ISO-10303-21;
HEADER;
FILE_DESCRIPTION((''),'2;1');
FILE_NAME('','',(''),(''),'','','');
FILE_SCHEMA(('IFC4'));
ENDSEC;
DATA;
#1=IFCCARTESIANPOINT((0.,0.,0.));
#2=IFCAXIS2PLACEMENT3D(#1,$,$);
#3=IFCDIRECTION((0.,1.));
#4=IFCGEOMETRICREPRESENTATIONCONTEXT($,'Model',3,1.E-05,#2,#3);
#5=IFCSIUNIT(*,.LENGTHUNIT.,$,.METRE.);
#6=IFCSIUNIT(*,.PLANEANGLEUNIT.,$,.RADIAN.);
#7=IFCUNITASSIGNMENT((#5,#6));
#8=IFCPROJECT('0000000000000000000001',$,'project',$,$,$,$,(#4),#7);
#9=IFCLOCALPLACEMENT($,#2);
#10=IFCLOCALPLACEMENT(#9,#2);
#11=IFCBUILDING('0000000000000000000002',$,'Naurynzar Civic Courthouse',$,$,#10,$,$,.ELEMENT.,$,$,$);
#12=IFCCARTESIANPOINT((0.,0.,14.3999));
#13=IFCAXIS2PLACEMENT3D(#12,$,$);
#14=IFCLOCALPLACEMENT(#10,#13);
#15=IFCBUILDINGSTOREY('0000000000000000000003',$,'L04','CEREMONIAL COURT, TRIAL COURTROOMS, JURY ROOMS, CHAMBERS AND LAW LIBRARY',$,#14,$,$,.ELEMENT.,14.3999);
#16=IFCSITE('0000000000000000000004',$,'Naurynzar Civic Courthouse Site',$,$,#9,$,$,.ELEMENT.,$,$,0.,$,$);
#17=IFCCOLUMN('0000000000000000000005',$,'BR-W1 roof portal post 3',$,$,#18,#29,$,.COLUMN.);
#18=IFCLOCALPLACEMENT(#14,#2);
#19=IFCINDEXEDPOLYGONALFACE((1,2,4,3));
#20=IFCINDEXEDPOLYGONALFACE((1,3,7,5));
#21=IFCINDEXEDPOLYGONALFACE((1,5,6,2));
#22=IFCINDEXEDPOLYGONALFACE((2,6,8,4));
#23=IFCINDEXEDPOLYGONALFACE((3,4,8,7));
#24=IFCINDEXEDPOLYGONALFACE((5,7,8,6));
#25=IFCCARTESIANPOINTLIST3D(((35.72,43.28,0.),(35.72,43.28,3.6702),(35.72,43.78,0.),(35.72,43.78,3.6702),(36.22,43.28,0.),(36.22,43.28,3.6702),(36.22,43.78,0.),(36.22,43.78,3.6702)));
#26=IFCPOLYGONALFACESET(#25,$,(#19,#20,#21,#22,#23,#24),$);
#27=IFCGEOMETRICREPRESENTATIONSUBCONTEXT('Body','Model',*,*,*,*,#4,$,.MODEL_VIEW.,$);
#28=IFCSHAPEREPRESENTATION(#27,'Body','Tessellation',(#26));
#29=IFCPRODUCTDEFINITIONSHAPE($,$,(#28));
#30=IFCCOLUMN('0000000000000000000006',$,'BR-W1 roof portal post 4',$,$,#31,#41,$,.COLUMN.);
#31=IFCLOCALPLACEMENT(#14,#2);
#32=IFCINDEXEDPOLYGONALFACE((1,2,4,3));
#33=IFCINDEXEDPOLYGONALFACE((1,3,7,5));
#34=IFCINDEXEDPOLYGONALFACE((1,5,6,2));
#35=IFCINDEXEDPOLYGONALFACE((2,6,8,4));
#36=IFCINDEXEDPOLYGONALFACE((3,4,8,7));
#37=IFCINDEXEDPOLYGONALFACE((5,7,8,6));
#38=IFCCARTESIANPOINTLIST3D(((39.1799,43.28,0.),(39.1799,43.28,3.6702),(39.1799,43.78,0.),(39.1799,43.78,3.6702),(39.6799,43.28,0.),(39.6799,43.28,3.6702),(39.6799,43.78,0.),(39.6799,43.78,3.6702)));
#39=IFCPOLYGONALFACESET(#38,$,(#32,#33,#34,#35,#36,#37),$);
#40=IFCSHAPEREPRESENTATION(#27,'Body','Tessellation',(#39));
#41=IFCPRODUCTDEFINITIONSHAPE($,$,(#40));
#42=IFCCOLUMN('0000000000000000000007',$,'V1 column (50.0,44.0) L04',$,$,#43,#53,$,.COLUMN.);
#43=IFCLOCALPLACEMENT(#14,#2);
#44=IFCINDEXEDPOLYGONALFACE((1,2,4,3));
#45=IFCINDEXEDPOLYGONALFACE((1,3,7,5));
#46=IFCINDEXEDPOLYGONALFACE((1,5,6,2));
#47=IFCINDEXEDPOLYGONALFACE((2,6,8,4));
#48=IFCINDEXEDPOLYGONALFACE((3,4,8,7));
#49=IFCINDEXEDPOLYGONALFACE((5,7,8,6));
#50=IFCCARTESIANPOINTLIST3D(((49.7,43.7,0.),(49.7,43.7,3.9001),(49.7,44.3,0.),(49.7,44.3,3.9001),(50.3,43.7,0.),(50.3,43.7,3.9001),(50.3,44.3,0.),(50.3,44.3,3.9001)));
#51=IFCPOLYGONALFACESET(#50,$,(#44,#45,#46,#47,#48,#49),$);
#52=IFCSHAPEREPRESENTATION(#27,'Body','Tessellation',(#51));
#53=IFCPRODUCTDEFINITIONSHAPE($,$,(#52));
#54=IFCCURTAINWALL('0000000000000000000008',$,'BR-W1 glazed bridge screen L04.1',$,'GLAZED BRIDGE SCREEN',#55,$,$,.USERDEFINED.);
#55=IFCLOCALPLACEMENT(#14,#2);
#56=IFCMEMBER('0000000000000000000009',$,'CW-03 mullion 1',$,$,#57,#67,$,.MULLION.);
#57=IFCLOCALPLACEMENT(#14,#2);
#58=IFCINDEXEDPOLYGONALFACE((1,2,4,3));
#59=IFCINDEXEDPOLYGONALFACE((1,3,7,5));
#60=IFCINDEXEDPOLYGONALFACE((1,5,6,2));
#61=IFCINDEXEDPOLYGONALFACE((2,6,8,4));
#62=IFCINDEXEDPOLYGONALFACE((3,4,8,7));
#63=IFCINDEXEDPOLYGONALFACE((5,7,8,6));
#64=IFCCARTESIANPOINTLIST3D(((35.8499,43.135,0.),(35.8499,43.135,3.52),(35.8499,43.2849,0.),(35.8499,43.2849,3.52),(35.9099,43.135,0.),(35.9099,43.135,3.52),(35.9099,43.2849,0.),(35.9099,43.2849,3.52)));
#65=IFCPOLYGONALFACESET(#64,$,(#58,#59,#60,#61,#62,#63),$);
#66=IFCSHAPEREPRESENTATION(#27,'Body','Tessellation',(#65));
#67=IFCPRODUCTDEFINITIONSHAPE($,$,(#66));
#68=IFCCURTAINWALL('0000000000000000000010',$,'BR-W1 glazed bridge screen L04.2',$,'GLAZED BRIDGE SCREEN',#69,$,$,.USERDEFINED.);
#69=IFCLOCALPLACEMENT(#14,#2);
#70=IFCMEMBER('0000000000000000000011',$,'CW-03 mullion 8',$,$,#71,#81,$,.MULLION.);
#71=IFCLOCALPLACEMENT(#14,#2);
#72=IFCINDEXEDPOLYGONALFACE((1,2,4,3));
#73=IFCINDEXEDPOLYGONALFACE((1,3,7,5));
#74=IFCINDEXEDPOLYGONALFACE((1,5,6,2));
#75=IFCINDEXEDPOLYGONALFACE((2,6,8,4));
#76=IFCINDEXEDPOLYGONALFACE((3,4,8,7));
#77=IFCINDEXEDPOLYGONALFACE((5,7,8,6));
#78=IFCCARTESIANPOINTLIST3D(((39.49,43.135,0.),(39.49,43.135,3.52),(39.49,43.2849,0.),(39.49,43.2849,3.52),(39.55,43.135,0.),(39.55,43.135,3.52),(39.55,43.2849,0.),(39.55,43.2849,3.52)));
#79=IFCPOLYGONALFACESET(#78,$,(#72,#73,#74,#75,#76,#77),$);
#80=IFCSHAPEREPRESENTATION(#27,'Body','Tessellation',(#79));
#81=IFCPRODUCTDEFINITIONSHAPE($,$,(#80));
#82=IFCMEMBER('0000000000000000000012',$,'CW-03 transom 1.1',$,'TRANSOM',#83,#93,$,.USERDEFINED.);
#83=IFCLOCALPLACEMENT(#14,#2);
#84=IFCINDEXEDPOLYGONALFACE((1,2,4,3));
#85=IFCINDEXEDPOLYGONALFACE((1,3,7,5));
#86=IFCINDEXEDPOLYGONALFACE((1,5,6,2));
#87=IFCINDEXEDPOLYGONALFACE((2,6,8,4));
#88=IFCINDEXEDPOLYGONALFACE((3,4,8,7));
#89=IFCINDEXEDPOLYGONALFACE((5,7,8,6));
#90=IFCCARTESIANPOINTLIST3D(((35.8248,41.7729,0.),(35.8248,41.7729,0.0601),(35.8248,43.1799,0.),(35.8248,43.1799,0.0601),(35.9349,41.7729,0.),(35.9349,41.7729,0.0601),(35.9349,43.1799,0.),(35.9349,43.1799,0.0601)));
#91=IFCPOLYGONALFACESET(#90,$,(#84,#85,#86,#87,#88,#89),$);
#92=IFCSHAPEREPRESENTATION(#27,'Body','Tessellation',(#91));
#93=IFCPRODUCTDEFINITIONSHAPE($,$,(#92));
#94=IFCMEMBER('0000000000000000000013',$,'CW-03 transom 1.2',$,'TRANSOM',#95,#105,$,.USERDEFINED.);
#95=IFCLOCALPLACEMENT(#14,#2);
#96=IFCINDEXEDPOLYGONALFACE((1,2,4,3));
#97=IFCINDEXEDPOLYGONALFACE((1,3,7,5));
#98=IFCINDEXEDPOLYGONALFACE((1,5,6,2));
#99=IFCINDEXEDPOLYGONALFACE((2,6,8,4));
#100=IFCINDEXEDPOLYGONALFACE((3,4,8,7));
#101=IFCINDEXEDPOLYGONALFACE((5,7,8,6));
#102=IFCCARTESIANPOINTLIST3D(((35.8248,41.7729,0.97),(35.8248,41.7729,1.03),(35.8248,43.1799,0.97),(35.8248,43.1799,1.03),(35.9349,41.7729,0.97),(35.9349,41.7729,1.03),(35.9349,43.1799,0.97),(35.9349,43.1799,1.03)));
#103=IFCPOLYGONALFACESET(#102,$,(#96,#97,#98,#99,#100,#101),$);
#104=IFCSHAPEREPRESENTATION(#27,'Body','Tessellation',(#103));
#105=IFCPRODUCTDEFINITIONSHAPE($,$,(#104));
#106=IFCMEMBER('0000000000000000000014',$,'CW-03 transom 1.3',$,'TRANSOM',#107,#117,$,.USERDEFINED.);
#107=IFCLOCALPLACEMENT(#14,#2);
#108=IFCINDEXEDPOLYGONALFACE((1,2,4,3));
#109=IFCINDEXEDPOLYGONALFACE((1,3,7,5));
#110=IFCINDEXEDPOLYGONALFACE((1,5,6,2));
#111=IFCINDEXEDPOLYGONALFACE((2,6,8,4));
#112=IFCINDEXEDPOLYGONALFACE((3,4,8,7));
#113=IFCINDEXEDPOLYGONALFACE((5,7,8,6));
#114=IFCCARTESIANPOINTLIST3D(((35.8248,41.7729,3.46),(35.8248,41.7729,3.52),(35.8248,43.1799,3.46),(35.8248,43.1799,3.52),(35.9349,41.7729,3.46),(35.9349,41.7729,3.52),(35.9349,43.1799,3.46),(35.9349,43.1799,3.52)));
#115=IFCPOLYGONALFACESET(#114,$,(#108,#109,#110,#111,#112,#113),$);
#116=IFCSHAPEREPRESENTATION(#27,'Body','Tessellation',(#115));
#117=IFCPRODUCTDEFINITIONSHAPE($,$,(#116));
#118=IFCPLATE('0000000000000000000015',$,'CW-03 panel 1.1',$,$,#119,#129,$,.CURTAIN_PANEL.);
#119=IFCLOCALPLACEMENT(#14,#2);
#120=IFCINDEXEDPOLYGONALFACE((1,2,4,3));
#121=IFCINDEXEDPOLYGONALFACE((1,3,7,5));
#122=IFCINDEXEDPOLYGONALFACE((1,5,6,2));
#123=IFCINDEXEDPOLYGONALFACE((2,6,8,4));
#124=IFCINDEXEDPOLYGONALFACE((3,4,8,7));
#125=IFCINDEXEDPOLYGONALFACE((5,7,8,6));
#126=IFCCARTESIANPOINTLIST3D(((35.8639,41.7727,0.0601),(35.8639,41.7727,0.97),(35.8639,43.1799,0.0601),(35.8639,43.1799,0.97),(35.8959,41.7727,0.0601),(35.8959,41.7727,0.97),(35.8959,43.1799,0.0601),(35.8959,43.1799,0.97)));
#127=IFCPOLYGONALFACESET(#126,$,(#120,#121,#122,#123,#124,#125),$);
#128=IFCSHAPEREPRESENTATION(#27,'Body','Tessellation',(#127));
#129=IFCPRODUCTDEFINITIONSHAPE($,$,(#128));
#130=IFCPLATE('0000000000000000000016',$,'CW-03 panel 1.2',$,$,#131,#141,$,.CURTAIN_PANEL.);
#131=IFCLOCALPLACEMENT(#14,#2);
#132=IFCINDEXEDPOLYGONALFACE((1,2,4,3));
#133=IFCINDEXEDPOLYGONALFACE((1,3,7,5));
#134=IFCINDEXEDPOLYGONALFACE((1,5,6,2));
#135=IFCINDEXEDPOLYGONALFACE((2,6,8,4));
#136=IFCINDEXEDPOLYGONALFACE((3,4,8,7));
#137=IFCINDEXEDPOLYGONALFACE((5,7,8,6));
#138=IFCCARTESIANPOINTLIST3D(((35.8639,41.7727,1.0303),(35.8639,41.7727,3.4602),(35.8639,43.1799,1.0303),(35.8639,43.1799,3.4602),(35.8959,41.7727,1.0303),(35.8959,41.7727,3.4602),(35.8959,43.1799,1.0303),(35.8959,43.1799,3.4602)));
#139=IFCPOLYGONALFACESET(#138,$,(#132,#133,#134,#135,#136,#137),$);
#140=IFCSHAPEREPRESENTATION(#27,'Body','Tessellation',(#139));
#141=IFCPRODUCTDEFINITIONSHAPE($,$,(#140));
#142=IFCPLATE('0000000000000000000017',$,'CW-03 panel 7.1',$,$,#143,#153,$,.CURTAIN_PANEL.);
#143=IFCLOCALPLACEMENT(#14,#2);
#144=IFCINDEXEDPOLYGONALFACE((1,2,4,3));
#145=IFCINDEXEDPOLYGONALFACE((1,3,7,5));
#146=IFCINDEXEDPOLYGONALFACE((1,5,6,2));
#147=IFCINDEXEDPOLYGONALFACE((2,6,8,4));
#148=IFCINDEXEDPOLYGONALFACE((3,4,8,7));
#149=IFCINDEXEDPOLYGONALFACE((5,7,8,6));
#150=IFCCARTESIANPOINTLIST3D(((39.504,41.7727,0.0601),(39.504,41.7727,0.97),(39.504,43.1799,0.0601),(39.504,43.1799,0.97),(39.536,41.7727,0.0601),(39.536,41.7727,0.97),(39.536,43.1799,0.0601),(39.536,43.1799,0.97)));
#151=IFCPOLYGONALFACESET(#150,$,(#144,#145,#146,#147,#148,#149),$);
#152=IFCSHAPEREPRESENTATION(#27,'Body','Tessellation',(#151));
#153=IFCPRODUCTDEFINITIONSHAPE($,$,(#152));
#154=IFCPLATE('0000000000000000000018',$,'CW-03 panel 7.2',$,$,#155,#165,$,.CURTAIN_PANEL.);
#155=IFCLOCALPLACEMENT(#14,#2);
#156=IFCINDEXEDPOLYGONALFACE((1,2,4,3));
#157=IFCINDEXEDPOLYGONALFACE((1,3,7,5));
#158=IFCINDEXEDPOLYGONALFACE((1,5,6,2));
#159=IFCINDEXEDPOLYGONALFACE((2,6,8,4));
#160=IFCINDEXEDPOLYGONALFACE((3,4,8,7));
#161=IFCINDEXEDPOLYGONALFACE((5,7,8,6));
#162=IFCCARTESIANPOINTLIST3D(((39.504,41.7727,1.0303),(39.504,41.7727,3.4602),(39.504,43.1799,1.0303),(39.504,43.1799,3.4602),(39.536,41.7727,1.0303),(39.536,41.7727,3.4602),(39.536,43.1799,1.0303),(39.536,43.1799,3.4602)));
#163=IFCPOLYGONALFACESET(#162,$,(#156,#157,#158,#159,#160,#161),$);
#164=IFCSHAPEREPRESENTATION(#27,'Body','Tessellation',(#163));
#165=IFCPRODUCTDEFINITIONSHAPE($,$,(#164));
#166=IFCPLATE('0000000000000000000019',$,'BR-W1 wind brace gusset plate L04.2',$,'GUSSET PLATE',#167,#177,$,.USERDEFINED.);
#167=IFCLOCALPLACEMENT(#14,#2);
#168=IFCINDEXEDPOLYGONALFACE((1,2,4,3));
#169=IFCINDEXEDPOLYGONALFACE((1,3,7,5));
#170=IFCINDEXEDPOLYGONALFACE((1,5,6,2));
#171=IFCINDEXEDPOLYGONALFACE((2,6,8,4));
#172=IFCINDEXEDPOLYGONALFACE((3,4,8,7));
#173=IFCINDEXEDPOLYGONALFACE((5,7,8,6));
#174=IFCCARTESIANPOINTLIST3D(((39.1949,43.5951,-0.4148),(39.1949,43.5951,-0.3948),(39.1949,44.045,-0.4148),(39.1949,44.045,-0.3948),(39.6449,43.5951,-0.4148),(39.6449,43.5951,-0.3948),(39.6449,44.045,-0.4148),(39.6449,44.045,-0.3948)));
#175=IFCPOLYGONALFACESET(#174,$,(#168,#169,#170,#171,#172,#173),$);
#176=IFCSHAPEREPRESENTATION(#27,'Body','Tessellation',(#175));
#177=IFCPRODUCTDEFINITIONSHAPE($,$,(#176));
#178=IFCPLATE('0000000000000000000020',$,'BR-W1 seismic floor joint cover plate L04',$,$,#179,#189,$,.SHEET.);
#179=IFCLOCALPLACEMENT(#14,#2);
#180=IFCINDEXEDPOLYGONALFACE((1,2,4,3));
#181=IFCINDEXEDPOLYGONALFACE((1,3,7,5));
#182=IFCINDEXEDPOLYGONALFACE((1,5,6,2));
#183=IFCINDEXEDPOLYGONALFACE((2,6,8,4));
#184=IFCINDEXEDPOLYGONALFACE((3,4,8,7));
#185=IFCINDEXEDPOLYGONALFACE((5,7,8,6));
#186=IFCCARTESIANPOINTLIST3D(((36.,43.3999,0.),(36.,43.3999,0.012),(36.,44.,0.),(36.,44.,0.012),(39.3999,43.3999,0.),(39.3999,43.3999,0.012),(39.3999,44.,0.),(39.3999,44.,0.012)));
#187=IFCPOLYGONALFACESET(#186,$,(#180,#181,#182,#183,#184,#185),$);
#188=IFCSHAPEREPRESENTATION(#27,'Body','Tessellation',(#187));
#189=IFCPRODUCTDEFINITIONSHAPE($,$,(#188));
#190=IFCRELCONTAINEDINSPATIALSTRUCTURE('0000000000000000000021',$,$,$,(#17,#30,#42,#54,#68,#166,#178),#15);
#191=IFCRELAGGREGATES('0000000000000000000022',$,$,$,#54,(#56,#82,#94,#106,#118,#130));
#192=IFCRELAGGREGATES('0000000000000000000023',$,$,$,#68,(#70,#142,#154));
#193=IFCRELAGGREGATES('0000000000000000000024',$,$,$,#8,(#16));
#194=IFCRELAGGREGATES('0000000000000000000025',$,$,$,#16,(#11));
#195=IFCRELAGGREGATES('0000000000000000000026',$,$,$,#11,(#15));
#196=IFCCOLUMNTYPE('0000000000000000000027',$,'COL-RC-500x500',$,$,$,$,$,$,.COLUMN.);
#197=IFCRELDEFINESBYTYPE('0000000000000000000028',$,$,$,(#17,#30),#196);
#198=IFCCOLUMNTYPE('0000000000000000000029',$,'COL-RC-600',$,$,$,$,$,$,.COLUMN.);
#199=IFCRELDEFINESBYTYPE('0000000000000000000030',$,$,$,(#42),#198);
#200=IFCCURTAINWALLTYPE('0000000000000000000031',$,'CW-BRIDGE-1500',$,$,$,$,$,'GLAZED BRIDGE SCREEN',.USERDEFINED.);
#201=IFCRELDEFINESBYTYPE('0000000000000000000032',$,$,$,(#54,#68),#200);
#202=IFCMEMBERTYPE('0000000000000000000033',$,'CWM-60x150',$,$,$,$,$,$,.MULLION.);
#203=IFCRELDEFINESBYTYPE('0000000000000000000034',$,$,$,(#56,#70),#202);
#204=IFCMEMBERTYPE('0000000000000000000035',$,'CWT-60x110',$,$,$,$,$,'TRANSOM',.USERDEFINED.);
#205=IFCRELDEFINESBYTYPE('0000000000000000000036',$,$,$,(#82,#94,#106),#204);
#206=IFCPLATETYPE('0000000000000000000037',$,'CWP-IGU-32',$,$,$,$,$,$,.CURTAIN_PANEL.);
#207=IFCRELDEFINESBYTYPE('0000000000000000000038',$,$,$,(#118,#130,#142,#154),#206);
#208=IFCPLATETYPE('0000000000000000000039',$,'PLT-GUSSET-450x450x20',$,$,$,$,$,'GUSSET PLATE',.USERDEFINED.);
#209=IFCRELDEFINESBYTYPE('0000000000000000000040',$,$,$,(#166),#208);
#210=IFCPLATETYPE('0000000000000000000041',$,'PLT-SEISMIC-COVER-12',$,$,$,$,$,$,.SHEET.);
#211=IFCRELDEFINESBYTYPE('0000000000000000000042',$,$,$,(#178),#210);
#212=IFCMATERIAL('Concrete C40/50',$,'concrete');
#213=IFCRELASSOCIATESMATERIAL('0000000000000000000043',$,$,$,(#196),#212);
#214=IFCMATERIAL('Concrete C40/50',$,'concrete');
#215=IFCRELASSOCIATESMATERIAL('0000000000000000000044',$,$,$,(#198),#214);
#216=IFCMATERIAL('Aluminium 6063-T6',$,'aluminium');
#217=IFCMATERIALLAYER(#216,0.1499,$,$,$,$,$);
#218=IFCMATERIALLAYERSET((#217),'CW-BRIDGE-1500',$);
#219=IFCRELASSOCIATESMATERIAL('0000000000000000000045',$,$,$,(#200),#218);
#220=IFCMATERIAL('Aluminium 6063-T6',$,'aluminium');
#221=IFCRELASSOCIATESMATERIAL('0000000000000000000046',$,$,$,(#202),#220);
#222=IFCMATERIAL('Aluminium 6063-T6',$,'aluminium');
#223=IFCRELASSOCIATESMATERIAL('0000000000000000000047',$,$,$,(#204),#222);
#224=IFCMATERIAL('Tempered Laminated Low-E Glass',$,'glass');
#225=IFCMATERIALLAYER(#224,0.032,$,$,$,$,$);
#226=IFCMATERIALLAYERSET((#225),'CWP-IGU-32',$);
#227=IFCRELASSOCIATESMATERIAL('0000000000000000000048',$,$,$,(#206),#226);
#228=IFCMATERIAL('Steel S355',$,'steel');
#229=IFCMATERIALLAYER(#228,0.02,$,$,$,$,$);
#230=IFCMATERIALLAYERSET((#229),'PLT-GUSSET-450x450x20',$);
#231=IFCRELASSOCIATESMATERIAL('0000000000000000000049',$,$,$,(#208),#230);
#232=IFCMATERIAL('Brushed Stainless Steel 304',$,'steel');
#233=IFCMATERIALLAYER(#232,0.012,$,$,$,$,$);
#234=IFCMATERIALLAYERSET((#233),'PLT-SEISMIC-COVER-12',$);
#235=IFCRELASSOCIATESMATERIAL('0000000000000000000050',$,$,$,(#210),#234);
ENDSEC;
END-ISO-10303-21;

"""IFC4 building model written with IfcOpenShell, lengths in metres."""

from ifc_helpers import new_model, si_unit, direction, frame, origin, origin_2d, place, context, subcontext, project, spatial, rectangle, extrude, material, layer, layer_set, material_profile, profile_set, type_object, element, aggregate, save


model = new_model("IFC4")

# Units and contexts
model_context = context("Model", 3, precision=1e-05, world=origin(), true_north=direction((0.0, 1.0)))
body_context = subcontext(model_context, "Body", "Model", "MODEL_VIEW")
ifc_project = project(units=[si_unit("LENGTHUNIT", "METRE"), si_unit("PLANEANGLEUNIT", "RADIAN")], contexts=[model_context])

# Site, building, storey
site_placement = place(None, origin())
site = spatial("IfcSite", under=ifc_project, at=site_placement, Name="Naurynzar Civic Courthouse Site", CompositionType="ELEMENT", RefElevation=0.0)
building_placement = place(site_placement, origin())
building = spatial("IfcBuilding", under=site, at=building_placement, Name="Naurynzar Civic Courthouse", CompositionType="ELEMENT")
storey_placement = place(building_placement, frame((0.0, 0.0, 14.3999)))
storey = spatial("IfcBuildingStorey", under=building, at=storey_placement, Name="L04", Description="CEREMONIAL COURT, TRIAL COURTROOMS, JURY ROOMS, CHAMBERS AND LAW LIBRARY", CompositionType="ELEMENT", Elevation=14.3999)

# Columns
ifc_material_1 = material(Name="Concrete C40/50", Category="concrete")
ifc_material_profile_1 = material_profile(ifc_material_1, rectangle(XDim=0.5, YDim=0.5, at=origin_2d()), Name="RC 500x500")
ifc_profile_set_1 = profile_set([ifc_material_profile_1], Name="Concrete C40/50")
column_type_1 = type_object("IfcColumnType", Name="COL-RC-500x500", PredefinedType="COLUMN", material=ifc_profile_set_1)
for number, where, z_axis, x_axis, name in (
    (1, (35.97, 43.53, 0.0), (0.0, 0.0, 1.0), (1.0, 0.0, 0.0), "BR-W1 roof portal post 3"),
    (2, (39.4299, 43.53, 0.0), (0.0, 0.0, 1.0), (1.0, 0.0, 0.0), "BR-W1 roof portal post 4"),
):
    element("IfcColumn", number, at=place(storey_placement, frame(where, z_axis=z_axis, x_axis=x_axis)), inside=storey, type_object=column_type_1, Name=name, PredefinedType="COLUMN", context=body_context, shape_type="SweptSolid", body=[
        extrude(rectangle(XDim=0.5, YDim=0.5, at=origin_2d()), origin(), (0.0, 0.0, 1.0), 3.6702),
    ])
ifc_material_2 = material(Name="Concrete C40/50", Category="concrete")
ifc_material_profile_2 = material_profile(ifc_material_2, rectangle(XDim=0.6001, YDim=0.6001, at=origin_2d()), Name="RC 600x600")
ifc_profile_set_2 = profile_set([ifc_material_profile_2], Name="Concrete C40/50")
column_type_2 = type_object("IfcColumnType", Name="COL-RC-600", PredefinedType="COLUMN", material=ifc_profile_set_2)
column_placement = place(storey_placement, frame((50.0, 44.0, 0.0), z_axis=(0.0, 0.0, 1.0), x_axis=(1.0, 0.0, 0.0)))
element("IfcColumn", 3, at=column_placement, inside=storey, type_object=column_type_2, Name="V1 column (50.0,44.0) L04", PredefinedType="COLUMN", context=body_context, shape_type="SweptSolid", body=[
    extrude(rectangle(XDim=0.6001, YDim=0.6001, at=origin_2d()), origin(), (0.0, 0.0, 1.0), 3.9001),
])

# Curtain walls, members
ifc_material_3 = material(Name="Aluminium 6063-T6", Category="aluminium")
ifc_layer_1 = layer(ifc_material_3, 0.1499)
ifc_layer_set_1 = layer_set([ifc_layer_1], Name="CW-BRIDGE-1500")
curtain_wall_type = type_object("IfcCurtainWallType", Name="CW-BRIDGE-1500", ElementType="GLAZED BRIDGE SCREEN", PredefinedType="USERDEFINED", material=ifc_layer_set_1)
curtain_wall_1_placement = place(storey_placement, origin())
curtain_wall_1 = element("IfcCurtainWall", 4, at=curtain_wall_1_placement, inside=storey, type_object=curtain_wall_type, Name="BR-W1 glazed bridge screen L04.1", ObjectType="GLAZED BRIDGE SCREEN", PredefinedType="USERDEFINED")
ifc_material_4 = material(Name="Aluminium 6063-T6", Category="aluminium")
ifc_material_profile_3 = material_profile(ifc_material_4, rectangle(XDim=0.0601, YDim=0.1499, at=origin_2d()), Name="ALU MULLION 60x150")
ifc_profile_set_3 = profile_set([ifc_material_profile_3], Name="Aluminium 6063-T6")
member_type_1 = type_object("IfcMemberType", Name="CWM-60x150", PredefinedType="MULLION", material=ifc_profile_set_3)
member_1_placement = place(storey_placement, frame((35.8799, 43.21, 0.0), z_axis=(0.0, 0.0, 1.0), x_axis=(1.0, 0.0, 0.0)))
member_1 = element("IfcMember", 5, at=member_1_placement, type_object=member_type_1, Name="CW-03 mullion 1", PredefinedType="MULLION", context=body_context, shape_type="SweptSolid", body=[
    extrude(rectangle(XDim=0.0601, YDim=0.1499, at=origin_2d()), origin(), (0.0, 0.0, 1.0), 3.52),
])
curtain_wall_2_placement = place(storey_placement, origin())
curtain_wall_2 = element("IfcCurtainWall", 6, at=curtain_wall_2_placement, inside=storey, type_object=curtain_wall_type, Name="BR-W1 glazed bridge screen L04.2", ObjectType="GLAZED BRIDGE SCREEN", PredefinedType="USERDEFINED")
member_2_placement = place(storey_placement, frame((39.52, 43.21, 0.0), z_axis=(0.0, 0.0, 1.0), x_axis=(-1.0, 0.0, 0.0)))
member_2 = element("IfcMember", 7, at=member_2_placement, type_object=member_type_1, Name="CW-03 mullion 8", PredefinedType="MULLION", context=body_context, shape_type="SweptSolid", body=[
    extrude(rectangle(XDim=0.0601, YDim=0.1499, at=origin_2d()), origin(), (0.0, 0.0, 1.0), 3.52),
])

# Members
ifc_material_5 = material(Name="Aluminium 6063-T6", Category="aluminium")
ifc_material_profile_4 = material_profile(ifc_material_5, rectangle(XDim=0.1101, YDim=0.0601, at=origin_2d()), Name="ALU TRANSOM 60x110")
ifc_profile_set_4 = profile_set([ifc_material_profile_4], Name="Aluminium 6063-T6")
member_type_2 = type_object("IfcMemberType", Name="CWT-60x110", ElementType="TRANSOM", PredefinedType="USERDEFINED", material=ifc_profile_set_4)
member_3_placement = place(storey_placement, frame((35.8799, 43.1799, 0.03), z_axis=(0.0, -1.0, 0.0), x_axis=(1.0, 0.0, 0.0)))
member_3 = element("IfcMember", 8, at=member_3_placement, type_object=member_type_2, Name="CW-03 transom 1.1", ObjectType="TRANSOM", PredefinedType="USERDEFINED", context=body_context, shape_type="SweptSolid", body=[
    extrude(rectangle(XDim=0.1101, YDim=0.0601, at=origin_2d()), origin(), (0.0, 0.0, 1.0), 1.407),
])
member_4_placement = place(storey_placement, frame((35.8799, 43.1799, 1.0), z_axis=(0.0, -1.0, 0.0), x_axis=(1.0, 0.0, 0.0)))
member_4 = element("IfcMember", 9, at=member_4_placement, type_object=member_type_2, Name="CW-03 transom 1.2", ObjectType="TRANSOM", PredefinedType="USERDEFINED", context=body_context, shape_type="SweptSolid", body=[
    extrude(rectangle(XDim=0.1101, YDim=0.0601, at=origin_2d()), origin(), (0.0, 0.0, 1.0), 1.407),
])
member_5_placement = place(storey_placement, frame((35.8799, 43.1799, 3.49), z_axis=(0.0, -1.0, 0.0), x_axis=(1.0, 0.0, 0.0)))
member_5 = element("IfcMember", 10, at=member_5_placement, type_object=member_type_2, Name="CW-03 transom 1.3", ObjectType="TRANSOM", PredefinedType="USERDEFINED", context=body_context, shape_type="SweptSolid", body=[
    extrude(rectangle(XDim=0.1101, YDim=0.0601, at=origin_2d()), origin(), (0.0, 0.0, 1.0), 1.407),
])

# Plates
ifc_material_6 = material(Name="Tempered Laminated Low-E Glass", Category="glass")
ifc_layer_2 = layer(ifc_material_6, 0.032)
ifc_layer_set_2 = layer_set([ifc_layer_2], Name="CWP-IGU-32")
plate_type_1 = type_object("IfcPlateType", Name="CWP-IGU-32", PredefinedType="CURTAIN_PANEL", material=ifc_layer_set_2)
plate_1_placement = place(storey_placement, frame((35.8799, 42.4763, 0.0601), z_axis=(0.0, 0.0, 1.0), x_axis=(0.0, -1.0, 0.0)))
plate_1 = element("IfcPlate", 11, at=plate_1_placement, type_object=plate_type_1, Name="CW-03 panel 1.1", PredefinedType="CURTAIN_PANEL", context=body_context, shape_type="SweptSolid", body=[
    extrude(rectangle(XDim=1.4072, YDim=0.032, at=origin_2d()), origin(), (0.0, 0.0, 1.0), 0.9099),
])
plate_2_placement = place(storey_placement, frame((35.8799, 42.4763, 1.0303), z_axis=(0.0, 0.0, 1.0), x_axis=(0.0, -1.0, 0.0)))
plate_2 = element("IfcPlate", 12, at=plate_2_placement, type_object=plate_type_1, Name="CW-03 panel 1.2", PredefinedType="CURTAIN_PANEL", context=body_context, shape_type="SweptSolid", body=[
    extrude(rectangle(XDim=1.4072, YDim=0.032, at=origin_2d()), origin(), (0.0, 0.0, 1.0), 2.4299),
])
aggregate(curtain_wall_1, [member_1, member_3, member_4, member_5, plate_1, plate_2])
plate_3_placement = place(storey_placement, frame((39.52, 42.4763, 0.0601), z_axis=(0.0, 0.0, 1.0), x_axis=(0.0, 1.0, 0.0)))
plate_3 = element("IfcPlate", 13, at=plate_3_placement, type_object=plate_type_1, Name="CW-03 panel 7.1", PredefinedType="CURTAIN_PANEL", context=body_context, shape_type="SweptSolid", body=[
    extrude(rectangle(XDim=1.4072, YDim=0.032, at=origin_2d()), origin(), (0.0, 0.0, 1.0), 0.9099),
])
plate_4_placement = place(storey_placement, frame((39.52, 42.4763, 1.0303), z_axis=(0.0, 0.0, 1.0), x_axis=(0.0, 1.0, 0.0)))
plate_4 = element("IfcPlate", 14, at=plate_4_placement, type_object=plate_type_1, Name="CW-03 panel 7.2", PredefinedType="CURTAIN_PANEL", context=body_context, shape_type="SweptSolid", body=[
    extrude(rectangle(XDim=1.4072, YDim=0.032, at=origin_2d()), origin(), (0.0, 0.0, 1.0), 2.4299),
])
aggregate(curtain_wall_2, [member_2, plate_3, plate_4])

# Plates
ifc_material_7 = material(Name="Steel S355", Category="steel")
ifc_layer_3 = layer(ifc_material_7, 0.02)
ifc_layer_set_3 = layer_set([ifc_layer_3], Name="PLT-GUSSET-450x450x20")
plate_type_2 = type_object("IfcPlateType", Name="PLT-GUSSET-450x450x20", ElementType="GUSSET PLATE", PredefinedType="USERDEFINED", material=ifc_layer_set_3)
plate_5_placement = place(storey_placement, frame((39.4199, 43.8201, -0.4148), z_axis=(0.0, 0.0, 1.0), x_axis=(1.0, 0.0, 0.0)))
element("IfcPlate", 15, at=plate_5_placement, inside=storey, type_object=plate_type_2, Name="BR-W1 wind brace gusset plate L04.2", ObjectType="GUSSET PLATE", PredefinedType="USERDEFINED", context=body_context, shape_type="SweptSolid", body=[
    extrude(rectangle(XDim=0.45, YDim=0.45, at=origin_2d()), origin(), (0.0, 0.0, 1.0), 0.02),
])
ifc_material_8 = material(Name="Brushed Stainless Steel 304", Category="steel")
ifc_layer_4 = layer(ifc_material_8, 0.012)
ifc_layer_set_4 = layer_set([ifc_layer_4], Name="PLT-SEISMIC-COVER-12")
plate_type_3 = type_object("IfcPlateType", Name="PLT-SEISMIC-COVER-12", PredefinedType="SHEET", material=ifc_layer_set_4)
plate_6_placement = place(storey_placement, frame((37.7, 43.7, 0.0), z_axis=(0.0, 0.0, 1.0), x_axis=(1.0, 0.0, 0.0)))
element("IfcPlate", 16, at=plate_6_placement, inside=storey, type_object=plate_type_3, Name="BR-W1 seismic floor joint cover plate L04", PredefinedType="SHEET", context=body_context, shape_type="SweptSolid", body=[
    extrude(rectangle(XDim=3.3999, YDim=0.6001, at=origin_2d()), origin(), (0.0, 0.0, 1.0), 0.012),
])

save(model, "model.ifc")
